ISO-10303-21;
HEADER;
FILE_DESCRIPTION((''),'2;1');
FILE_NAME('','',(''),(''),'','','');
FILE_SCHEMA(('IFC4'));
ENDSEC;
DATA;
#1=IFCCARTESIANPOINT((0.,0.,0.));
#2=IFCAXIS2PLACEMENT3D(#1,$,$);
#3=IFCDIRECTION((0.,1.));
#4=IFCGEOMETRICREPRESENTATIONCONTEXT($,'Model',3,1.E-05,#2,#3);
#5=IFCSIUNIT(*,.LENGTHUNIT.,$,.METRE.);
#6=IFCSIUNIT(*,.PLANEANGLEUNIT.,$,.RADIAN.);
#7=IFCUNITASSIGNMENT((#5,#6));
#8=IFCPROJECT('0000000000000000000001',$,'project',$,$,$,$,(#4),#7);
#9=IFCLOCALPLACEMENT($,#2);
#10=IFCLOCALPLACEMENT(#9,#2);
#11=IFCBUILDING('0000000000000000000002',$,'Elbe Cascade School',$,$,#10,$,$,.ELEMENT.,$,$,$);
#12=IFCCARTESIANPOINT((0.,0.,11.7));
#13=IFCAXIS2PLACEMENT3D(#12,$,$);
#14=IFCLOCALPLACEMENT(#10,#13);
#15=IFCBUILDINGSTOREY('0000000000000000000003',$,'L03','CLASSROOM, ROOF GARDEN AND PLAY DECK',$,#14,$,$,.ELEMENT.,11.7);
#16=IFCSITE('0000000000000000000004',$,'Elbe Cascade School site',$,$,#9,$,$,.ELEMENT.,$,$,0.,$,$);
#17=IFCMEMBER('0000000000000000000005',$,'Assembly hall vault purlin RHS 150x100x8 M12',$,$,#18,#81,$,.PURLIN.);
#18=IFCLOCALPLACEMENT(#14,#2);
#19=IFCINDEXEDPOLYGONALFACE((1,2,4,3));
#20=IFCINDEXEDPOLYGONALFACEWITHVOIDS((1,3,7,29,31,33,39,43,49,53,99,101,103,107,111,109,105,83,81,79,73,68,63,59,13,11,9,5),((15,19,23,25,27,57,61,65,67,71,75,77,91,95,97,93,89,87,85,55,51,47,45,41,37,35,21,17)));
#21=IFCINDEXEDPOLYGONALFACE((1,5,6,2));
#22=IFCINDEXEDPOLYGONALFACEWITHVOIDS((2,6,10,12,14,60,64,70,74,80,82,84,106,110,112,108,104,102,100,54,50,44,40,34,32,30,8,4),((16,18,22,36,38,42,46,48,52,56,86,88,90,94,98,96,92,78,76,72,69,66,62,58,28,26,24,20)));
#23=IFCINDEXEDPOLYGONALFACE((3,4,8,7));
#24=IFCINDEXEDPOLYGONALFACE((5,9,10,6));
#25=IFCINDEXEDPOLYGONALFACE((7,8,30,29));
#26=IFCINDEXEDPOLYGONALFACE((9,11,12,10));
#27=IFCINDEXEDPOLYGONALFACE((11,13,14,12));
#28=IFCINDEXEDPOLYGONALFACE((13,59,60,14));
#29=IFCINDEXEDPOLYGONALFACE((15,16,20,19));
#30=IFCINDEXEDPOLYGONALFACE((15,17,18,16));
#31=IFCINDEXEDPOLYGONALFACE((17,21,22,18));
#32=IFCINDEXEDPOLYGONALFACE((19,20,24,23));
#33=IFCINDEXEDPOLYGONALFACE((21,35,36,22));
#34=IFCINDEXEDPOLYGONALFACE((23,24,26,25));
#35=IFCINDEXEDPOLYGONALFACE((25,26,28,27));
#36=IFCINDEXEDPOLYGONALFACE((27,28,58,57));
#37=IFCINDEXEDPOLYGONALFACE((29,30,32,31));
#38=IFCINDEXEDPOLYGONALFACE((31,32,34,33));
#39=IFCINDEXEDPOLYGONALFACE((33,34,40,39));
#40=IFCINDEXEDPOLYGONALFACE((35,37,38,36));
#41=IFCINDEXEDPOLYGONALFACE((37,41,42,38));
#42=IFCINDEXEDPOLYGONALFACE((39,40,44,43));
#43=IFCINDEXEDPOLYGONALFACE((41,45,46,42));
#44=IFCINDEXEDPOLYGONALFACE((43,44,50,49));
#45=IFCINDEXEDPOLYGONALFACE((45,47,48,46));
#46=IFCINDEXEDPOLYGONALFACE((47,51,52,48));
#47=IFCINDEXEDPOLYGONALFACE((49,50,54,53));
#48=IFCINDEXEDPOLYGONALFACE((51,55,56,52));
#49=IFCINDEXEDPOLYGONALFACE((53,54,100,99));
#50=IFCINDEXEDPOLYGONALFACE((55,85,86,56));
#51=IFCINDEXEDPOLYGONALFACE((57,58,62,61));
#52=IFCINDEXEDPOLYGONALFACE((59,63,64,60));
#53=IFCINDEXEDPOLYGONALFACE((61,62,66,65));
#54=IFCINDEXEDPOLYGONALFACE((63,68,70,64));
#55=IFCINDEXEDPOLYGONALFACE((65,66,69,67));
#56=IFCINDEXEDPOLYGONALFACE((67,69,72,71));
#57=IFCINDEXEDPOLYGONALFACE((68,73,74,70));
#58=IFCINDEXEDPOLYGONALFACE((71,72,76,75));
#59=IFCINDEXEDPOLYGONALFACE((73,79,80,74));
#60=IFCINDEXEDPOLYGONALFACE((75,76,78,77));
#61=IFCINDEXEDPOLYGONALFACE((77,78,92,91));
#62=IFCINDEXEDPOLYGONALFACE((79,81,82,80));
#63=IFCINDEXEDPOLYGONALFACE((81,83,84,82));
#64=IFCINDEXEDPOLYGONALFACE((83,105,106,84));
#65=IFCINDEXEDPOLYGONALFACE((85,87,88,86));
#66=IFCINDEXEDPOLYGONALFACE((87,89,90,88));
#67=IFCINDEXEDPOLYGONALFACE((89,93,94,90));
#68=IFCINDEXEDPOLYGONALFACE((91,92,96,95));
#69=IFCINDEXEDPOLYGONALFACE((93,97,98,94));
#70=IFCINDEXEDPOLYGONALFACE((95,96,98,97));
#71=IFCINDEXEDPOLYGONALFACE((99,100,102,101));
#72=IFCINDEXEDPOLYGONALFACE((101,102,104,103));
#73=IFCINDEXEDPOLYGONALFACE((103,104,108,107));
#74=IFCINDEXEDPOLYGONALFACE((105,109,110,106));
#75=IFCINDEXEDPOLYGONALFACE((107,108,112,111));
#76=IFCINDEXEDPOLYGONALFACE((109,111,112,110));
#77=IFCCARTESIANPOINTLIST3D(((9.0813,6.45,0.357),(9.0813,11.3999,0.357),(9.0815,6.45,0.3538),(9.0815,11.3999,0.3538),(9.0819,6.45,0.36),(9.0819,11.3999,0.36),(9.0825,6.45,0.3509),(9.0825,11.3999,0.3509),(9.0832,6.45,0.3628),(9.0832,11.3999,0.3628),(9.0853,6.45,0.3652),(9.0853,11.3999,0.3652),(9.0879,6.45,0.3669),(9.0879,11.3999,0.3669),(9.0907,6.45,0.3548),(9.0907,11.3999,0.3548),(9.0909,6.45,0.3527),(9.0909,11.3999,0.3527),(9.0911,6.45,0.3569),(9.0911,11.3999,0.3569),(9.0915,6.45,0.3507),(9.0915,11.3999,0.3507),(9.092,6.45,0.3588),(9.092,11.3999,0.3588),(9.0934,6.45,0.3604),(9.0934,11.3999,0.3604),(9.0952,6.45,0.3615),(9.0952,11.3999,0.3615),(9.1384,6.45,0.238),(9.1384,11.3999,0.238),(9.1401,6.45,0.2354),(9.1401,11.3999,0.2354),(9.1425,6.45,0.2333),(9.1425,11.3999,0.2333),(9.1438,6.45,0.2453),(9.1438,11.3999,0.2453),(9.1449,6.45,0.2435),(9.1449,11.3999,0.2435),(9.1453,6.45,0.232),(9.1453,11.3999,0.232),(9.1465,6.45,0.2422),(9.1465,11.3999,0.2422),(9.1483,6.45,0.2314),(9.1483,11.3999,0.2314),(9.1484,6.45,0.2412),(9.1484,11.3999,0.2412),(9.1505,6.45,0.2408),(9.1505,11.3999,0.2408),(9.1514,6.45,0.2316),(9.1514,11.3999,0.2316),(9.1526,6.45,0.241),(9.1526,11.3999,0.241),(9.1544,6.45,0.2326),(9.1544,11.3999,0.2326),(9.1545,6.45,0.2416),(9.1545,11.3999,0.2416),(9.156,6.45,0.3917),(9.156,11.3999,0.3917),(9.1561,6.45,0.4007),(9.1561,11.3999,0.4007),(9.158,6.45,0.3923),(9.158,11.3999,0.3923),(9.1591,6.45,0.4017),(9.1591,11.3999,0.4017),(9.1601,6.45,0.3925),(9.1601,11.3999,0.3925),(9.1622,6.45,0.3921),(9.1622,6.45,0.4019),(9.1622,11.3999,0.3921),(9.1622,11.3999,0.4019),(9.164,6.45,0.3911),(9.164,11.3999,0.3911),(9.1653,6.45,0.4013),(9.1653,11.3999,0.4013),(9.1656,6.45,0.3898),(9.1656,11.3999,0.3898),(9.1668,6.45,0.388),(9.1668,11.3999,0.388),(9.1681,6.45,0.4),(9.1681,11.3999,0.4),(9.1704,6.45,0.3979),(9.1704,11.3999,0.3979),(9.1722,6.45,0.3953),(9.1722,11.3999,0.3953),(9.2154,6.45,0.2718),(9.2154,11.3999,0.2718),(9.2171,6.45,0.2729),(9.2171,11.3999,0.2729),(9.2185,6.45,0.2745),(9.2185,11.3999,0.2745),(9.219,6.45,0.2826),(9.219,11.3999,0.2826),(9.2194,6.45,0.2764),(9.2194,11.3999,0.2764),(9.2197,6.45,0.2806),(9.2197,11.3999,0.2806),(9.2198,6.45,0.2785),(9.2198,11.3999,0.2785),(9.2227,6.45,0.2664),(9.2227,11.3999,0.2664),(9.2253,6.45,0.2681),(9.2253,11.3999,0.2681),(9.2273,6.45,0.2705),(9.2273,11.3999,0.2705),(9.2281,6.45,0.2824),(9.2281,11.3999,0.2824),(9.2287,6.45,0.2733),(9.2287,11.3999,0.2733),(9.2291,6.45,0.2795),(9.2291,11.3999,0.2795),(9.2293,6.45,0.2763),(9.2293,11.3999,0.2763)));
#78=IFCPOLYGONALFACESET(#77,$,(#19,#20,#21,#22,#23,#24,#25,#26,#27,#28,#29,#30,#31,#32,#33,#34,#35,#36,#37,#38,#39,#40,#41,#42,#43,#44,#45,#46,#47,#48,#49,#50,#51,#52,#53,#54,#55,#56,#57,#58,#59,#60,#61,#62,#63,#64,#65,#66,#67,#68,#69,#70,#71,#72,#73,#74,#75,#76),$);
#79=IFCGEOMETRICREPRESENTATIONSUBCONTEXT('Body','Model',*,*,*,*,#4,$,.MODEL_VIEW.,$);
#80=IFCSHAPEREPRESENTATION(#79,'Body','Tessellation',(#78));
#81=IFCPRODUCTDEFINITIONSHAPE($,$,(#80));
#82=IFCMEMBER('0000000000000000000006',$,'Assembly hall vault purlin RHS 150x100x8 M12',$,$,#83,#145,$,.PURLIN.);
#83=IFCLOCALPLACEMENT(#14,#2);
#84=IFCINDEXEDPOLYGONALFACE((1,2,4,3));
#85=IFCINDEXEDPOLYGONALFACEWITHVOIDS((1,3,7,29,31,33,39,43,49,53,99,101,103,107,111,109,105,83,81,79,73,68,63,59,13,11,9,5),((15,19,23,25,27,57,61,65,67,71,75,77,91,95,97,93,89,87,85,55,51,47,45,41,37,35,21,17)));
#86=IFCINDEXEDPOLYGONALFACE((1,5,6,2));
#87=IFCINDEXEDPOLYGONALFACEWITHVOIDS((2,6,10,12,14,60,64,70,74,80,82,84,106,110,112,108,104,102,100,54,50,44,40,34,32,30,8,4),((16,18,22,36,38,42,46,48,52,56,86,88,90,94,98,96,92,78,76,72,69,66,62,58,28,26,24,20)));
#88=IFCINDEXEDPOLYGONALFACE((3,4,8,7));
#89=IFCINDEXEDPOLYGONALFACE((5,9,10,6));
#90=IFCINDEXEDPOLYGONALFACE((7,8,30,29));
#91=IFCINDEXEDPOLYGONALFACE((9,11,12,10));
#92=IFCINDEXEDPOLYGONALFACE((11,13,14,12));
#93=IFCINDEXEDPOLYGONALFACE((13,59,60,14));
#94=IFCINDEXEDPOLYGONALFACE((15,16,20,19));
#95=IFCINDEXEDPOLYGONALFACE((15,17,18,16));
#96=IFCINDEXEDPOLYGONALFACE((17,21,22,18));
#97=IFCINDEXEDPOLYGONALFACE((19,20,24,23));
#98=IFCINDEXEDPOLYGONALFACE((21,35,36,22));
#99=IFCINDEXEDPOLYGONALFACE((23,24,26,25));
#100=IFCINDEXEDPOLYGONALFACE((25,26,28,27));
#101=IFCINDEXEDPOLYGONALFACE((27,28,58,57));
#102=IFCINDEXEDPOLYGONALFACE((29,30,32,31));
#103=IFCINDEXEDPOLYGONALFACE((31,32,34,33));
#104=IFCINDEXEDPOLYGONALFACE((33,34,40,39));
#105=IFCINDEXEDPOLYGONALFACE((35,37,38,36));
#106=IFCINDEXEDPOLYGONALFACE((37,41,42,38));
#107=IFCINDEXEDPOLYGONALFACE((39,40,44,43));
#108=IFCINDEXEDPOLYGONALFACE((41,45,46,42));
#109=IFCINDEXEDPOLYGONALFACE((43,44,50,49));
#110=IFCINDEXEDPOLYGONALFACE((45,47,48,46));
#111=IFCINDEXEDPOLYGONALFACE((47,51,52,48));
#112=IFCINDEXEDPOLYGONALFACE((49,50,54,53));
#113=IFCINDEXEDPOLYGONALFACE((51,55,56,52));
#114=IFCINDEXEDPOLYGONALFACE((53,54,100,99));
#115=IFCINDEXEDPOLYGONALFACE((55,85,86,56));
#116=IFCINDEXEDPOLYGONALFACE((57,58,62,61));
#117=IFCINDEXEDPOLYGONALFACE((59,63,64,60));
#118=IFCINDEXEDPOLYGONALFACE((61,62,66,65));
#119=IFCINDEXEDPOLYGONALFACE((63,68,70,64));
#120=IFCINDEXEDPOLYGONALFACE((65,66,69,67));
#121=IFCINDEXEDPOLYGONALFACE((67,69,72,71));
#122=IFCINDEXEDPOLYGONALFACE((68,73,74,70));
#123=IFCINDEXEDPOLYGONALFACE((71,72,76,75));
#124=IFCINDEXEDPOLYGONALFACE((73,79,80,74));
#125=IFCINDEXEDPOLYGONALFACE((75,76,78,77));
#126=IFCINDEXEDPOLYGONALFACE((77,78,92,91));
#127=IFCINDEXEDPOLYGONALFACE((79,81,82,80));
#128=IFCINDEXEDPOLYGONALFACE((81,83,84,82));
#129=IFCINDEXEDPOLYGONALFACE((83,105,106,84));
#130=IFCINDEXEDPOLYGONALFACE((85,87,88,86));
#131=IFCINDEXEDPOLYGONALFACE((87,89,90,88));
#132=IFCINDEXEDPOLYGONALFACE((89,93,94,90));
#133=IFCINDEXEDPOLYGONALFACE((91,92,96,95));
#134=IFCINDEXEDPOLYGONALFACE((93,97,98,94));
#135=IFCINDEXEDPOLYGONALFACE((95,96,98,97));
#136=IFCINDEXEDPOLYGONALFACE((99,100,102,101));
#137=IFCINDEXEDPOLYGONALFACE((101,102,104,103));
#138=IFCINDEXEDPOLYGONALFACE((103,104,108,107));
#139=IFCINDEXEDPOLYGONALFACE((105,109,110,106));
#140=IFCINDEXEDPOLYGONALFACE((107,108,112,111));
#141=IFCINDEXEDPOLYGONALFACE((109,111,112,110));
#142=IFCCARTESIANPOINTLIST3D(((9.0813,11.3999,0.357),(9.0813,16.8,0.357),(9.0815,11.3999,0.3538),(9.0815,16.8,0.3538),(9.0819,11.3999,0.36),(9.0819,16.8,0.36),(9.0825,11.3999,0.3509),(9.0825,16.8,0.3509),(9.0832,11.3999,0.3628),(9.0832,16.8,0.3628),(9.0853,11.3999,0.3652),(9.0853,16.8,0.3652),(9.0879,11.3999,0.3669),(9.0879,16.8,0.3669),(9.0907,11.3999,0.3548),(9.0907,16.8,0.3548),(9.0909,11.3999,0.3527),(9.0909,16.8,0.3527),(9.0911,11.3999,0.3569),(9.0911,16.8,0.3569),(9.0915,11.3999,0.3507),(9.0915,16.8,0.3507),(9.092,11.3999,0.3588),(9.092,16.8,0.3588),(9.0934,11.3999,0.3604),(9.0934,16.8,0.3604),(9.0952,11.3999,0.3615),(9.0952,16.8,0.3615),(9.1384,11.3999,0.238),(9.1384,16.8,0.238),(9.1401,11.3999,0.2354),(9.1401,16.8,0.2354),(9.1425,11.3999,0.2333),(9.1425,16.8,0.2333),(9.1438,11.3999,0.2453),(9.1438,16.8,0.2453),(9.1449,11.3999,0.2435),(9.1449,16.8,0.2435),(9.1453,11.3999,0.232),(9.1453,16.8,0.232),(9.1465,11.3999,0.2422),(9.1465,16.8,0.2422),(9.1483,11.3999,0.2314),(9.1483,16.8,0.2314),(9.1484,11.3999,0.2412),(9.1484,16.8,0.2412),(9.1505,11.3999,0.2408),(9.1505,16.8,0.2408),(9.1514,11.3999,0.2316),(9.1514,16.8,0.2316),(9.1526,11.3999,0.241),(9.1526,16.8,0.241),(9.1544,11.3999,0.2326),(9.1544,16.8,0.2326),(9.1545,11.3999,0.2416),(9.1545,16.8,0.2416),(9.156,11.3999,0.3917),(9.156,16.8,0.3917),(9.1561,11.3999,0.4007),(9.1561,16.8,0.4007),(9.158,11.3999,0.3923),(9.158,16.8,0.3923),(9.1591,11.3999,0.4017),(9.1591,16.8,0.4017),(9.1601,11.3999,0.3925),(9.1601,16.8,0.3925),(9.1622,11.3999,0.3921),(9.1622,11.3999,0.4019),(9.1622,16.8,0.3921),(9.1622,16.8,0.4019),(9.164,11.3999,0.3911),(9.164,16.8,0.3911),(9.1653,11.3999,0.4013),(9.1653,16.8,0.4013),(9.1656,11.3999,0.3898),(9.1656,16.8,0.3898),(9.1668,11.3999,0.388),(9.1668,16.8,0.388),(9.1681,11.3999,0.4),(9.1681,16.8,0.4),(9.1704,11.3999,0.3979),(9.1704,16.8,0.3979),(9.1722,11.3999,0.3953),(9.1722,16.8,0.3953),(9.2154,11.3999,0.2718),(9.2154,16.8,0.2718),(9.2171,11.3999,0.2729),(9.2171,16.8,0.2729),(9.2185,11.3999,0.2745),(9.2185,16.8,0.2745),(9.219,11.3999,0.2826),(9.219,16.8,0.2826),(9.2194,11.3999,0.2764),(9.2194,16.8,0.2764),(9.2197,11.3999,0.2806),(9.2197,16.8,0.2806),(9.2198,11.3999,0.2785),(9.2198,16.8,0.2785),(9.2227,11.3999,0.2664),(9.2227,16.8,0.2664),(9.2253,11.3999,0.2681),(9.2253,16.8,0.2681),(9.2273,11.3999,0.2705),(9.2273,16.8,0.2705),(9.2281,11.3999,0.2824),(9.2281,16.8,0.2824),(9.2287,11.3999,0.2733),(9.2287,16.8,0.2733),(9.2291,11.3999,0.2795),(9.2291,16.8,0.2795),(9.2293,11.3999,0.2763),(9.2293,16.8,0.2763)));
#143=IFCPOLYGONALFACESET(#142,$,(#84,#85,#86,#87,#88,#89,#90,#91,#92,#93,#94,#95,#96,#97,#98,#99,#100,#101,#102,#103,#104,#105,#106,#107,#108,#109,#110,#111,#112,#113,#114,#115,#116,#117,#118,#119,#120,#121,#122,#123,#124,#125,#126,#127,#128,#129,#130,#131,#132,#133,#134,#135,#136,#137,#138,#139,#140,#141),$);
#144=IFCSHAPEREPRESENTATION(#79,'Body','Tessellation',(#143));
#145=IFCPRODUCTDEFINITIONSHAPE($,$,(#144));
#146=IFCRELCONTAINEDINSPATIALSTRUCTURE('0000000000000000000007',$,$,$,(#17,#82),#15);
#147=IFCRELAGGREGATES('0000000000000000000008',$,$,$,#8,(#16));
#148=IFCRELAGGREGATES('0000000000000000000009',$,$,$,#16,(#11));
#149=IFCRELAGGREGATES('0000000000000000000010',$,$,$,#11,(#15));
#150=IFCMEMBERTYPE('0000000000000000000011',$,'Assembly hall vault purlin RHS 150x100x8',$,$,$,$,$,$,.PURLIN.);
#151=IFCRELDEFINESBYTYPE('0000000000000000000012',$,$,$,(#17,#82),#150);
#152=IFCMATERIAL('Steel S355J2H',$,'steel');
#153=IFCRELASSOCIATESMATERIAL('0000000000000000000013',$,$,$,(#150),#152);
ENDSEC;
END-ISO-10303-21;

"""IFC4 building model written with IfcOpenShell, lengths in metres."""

from ifc_helpers import new_model, si_unit, direction, frame, origin, origin_2d, place, context, subcontext, project, spatial, hollow_rectangle, extrude, material, material_profile, profile_set, type_object, element, save


model = new_model("IFC4")

# Units and contexts
model_context = context("Model", 3, precision=1e-05, world=origin(), true_north=direction((0.0, 1.0)))
body_context = subcontext(model_context, "Body", "Model", "MODEL_VIEW")
ifc_project = project(units=[si_unit("LENGTHUNIT", "METRE"), si_unit("PLANEANGLEUNIT", "RADIAN")], contexts=[model_context])

# Site, building, storey
site_placement = place(None, origin())
site = spatial("IfcSite", under=ifc_project, at=site_placement, Name="Elbe Cascade School site", CompositionType="ELEMENT", RefElevation=0.0)
building_placement = place(site_placement, origin())
building = spatial("IfcBuilding", under=site, at=building_placement, Name="Elbe Cascade School", CompositionType="ELEMENT")
storey_placement = place(building_placement, frame((0.0, 0.0, 11.7)))
storey = spatial("IfcBuildingStorey", under=building, at=storey_placement, Name="L03", Description="CLASSROOM, ROOF GARDEN AND PLAY DECK", CompositionType="ELEMENT", Elevation=11.7)

# Members
ifc_material_1 = material(Name="Steel S355J2H", Category="steel")
ifc_material_profile_1 = material_profile(ifc_material_1, hollow_rectangle(XDim=0.1001, YDim=0.1499, WallThickness=0.0081, InnerFilletRadius=0.0081, OuterFilletRadius=0.012, at=origin_2d()), Name="RHS 150x100x8")
ifc_profile_set_1 = profile_set([ifc_material_profile_1], Name="Steel S355J2H")
member_type_1 = type_object("IfcMemberType", Name="Assembly hall vault purlin RHS 150x100x8", PredefinedType="PURLIN", material=ifc_profile_set_1)
member_1_placement = place(storey_placement, frame((9.1553, 6.45, 0.3167), z_axis=(0.0, 1.0, 0.0), x_axis=(-0.896139, 0.0, -0.443774)))
element("IfcMember", 1, at=member_1_placement, inside=storey, type_object=member_type_1, Name="Assembly hall vault purlin RHS 150x100x8 M12", PredefinedType="PURLIN", context=body_context, shape_type="SweptSolid", body=[
    extrude(hollow_rectangle(XDim=0.1001, YDim=0.1499, WallThickness=0.0081, InnerFilletRadius=0.0081, OuterFilletRadius=0.012, at=origin_2d()), origin(), (0.0, 0.0, 1.0), 4.95),
])
member_2_placement = place(storey_placement, frame((9.1553, 11.3999, 0.3167), z_axis=(0.0, 1.0, 0.0), x_axis=(-0.896139, 0.0, -0.443774)))
element("IfcMember", 2, at=member_2_placement, inside=storey, type_object=member_type_1, Name="Assembly hall vault purlin RHS 150x100x8 M12", PredefinedType="PURLIN", context=body_context, shape_type="SweptSolid", body=[
    extrude(hollow_rectangle(XDim=0.1001, YDim=0.1499, WallThickness=0.0081, InnerFilletRadius=0.0081, OuterFilletRadius=0.012, at=origin_2d()), origin(), (0.0, 0.0, 1.0), 5.4001),
])

save(model, "model.ifc")
